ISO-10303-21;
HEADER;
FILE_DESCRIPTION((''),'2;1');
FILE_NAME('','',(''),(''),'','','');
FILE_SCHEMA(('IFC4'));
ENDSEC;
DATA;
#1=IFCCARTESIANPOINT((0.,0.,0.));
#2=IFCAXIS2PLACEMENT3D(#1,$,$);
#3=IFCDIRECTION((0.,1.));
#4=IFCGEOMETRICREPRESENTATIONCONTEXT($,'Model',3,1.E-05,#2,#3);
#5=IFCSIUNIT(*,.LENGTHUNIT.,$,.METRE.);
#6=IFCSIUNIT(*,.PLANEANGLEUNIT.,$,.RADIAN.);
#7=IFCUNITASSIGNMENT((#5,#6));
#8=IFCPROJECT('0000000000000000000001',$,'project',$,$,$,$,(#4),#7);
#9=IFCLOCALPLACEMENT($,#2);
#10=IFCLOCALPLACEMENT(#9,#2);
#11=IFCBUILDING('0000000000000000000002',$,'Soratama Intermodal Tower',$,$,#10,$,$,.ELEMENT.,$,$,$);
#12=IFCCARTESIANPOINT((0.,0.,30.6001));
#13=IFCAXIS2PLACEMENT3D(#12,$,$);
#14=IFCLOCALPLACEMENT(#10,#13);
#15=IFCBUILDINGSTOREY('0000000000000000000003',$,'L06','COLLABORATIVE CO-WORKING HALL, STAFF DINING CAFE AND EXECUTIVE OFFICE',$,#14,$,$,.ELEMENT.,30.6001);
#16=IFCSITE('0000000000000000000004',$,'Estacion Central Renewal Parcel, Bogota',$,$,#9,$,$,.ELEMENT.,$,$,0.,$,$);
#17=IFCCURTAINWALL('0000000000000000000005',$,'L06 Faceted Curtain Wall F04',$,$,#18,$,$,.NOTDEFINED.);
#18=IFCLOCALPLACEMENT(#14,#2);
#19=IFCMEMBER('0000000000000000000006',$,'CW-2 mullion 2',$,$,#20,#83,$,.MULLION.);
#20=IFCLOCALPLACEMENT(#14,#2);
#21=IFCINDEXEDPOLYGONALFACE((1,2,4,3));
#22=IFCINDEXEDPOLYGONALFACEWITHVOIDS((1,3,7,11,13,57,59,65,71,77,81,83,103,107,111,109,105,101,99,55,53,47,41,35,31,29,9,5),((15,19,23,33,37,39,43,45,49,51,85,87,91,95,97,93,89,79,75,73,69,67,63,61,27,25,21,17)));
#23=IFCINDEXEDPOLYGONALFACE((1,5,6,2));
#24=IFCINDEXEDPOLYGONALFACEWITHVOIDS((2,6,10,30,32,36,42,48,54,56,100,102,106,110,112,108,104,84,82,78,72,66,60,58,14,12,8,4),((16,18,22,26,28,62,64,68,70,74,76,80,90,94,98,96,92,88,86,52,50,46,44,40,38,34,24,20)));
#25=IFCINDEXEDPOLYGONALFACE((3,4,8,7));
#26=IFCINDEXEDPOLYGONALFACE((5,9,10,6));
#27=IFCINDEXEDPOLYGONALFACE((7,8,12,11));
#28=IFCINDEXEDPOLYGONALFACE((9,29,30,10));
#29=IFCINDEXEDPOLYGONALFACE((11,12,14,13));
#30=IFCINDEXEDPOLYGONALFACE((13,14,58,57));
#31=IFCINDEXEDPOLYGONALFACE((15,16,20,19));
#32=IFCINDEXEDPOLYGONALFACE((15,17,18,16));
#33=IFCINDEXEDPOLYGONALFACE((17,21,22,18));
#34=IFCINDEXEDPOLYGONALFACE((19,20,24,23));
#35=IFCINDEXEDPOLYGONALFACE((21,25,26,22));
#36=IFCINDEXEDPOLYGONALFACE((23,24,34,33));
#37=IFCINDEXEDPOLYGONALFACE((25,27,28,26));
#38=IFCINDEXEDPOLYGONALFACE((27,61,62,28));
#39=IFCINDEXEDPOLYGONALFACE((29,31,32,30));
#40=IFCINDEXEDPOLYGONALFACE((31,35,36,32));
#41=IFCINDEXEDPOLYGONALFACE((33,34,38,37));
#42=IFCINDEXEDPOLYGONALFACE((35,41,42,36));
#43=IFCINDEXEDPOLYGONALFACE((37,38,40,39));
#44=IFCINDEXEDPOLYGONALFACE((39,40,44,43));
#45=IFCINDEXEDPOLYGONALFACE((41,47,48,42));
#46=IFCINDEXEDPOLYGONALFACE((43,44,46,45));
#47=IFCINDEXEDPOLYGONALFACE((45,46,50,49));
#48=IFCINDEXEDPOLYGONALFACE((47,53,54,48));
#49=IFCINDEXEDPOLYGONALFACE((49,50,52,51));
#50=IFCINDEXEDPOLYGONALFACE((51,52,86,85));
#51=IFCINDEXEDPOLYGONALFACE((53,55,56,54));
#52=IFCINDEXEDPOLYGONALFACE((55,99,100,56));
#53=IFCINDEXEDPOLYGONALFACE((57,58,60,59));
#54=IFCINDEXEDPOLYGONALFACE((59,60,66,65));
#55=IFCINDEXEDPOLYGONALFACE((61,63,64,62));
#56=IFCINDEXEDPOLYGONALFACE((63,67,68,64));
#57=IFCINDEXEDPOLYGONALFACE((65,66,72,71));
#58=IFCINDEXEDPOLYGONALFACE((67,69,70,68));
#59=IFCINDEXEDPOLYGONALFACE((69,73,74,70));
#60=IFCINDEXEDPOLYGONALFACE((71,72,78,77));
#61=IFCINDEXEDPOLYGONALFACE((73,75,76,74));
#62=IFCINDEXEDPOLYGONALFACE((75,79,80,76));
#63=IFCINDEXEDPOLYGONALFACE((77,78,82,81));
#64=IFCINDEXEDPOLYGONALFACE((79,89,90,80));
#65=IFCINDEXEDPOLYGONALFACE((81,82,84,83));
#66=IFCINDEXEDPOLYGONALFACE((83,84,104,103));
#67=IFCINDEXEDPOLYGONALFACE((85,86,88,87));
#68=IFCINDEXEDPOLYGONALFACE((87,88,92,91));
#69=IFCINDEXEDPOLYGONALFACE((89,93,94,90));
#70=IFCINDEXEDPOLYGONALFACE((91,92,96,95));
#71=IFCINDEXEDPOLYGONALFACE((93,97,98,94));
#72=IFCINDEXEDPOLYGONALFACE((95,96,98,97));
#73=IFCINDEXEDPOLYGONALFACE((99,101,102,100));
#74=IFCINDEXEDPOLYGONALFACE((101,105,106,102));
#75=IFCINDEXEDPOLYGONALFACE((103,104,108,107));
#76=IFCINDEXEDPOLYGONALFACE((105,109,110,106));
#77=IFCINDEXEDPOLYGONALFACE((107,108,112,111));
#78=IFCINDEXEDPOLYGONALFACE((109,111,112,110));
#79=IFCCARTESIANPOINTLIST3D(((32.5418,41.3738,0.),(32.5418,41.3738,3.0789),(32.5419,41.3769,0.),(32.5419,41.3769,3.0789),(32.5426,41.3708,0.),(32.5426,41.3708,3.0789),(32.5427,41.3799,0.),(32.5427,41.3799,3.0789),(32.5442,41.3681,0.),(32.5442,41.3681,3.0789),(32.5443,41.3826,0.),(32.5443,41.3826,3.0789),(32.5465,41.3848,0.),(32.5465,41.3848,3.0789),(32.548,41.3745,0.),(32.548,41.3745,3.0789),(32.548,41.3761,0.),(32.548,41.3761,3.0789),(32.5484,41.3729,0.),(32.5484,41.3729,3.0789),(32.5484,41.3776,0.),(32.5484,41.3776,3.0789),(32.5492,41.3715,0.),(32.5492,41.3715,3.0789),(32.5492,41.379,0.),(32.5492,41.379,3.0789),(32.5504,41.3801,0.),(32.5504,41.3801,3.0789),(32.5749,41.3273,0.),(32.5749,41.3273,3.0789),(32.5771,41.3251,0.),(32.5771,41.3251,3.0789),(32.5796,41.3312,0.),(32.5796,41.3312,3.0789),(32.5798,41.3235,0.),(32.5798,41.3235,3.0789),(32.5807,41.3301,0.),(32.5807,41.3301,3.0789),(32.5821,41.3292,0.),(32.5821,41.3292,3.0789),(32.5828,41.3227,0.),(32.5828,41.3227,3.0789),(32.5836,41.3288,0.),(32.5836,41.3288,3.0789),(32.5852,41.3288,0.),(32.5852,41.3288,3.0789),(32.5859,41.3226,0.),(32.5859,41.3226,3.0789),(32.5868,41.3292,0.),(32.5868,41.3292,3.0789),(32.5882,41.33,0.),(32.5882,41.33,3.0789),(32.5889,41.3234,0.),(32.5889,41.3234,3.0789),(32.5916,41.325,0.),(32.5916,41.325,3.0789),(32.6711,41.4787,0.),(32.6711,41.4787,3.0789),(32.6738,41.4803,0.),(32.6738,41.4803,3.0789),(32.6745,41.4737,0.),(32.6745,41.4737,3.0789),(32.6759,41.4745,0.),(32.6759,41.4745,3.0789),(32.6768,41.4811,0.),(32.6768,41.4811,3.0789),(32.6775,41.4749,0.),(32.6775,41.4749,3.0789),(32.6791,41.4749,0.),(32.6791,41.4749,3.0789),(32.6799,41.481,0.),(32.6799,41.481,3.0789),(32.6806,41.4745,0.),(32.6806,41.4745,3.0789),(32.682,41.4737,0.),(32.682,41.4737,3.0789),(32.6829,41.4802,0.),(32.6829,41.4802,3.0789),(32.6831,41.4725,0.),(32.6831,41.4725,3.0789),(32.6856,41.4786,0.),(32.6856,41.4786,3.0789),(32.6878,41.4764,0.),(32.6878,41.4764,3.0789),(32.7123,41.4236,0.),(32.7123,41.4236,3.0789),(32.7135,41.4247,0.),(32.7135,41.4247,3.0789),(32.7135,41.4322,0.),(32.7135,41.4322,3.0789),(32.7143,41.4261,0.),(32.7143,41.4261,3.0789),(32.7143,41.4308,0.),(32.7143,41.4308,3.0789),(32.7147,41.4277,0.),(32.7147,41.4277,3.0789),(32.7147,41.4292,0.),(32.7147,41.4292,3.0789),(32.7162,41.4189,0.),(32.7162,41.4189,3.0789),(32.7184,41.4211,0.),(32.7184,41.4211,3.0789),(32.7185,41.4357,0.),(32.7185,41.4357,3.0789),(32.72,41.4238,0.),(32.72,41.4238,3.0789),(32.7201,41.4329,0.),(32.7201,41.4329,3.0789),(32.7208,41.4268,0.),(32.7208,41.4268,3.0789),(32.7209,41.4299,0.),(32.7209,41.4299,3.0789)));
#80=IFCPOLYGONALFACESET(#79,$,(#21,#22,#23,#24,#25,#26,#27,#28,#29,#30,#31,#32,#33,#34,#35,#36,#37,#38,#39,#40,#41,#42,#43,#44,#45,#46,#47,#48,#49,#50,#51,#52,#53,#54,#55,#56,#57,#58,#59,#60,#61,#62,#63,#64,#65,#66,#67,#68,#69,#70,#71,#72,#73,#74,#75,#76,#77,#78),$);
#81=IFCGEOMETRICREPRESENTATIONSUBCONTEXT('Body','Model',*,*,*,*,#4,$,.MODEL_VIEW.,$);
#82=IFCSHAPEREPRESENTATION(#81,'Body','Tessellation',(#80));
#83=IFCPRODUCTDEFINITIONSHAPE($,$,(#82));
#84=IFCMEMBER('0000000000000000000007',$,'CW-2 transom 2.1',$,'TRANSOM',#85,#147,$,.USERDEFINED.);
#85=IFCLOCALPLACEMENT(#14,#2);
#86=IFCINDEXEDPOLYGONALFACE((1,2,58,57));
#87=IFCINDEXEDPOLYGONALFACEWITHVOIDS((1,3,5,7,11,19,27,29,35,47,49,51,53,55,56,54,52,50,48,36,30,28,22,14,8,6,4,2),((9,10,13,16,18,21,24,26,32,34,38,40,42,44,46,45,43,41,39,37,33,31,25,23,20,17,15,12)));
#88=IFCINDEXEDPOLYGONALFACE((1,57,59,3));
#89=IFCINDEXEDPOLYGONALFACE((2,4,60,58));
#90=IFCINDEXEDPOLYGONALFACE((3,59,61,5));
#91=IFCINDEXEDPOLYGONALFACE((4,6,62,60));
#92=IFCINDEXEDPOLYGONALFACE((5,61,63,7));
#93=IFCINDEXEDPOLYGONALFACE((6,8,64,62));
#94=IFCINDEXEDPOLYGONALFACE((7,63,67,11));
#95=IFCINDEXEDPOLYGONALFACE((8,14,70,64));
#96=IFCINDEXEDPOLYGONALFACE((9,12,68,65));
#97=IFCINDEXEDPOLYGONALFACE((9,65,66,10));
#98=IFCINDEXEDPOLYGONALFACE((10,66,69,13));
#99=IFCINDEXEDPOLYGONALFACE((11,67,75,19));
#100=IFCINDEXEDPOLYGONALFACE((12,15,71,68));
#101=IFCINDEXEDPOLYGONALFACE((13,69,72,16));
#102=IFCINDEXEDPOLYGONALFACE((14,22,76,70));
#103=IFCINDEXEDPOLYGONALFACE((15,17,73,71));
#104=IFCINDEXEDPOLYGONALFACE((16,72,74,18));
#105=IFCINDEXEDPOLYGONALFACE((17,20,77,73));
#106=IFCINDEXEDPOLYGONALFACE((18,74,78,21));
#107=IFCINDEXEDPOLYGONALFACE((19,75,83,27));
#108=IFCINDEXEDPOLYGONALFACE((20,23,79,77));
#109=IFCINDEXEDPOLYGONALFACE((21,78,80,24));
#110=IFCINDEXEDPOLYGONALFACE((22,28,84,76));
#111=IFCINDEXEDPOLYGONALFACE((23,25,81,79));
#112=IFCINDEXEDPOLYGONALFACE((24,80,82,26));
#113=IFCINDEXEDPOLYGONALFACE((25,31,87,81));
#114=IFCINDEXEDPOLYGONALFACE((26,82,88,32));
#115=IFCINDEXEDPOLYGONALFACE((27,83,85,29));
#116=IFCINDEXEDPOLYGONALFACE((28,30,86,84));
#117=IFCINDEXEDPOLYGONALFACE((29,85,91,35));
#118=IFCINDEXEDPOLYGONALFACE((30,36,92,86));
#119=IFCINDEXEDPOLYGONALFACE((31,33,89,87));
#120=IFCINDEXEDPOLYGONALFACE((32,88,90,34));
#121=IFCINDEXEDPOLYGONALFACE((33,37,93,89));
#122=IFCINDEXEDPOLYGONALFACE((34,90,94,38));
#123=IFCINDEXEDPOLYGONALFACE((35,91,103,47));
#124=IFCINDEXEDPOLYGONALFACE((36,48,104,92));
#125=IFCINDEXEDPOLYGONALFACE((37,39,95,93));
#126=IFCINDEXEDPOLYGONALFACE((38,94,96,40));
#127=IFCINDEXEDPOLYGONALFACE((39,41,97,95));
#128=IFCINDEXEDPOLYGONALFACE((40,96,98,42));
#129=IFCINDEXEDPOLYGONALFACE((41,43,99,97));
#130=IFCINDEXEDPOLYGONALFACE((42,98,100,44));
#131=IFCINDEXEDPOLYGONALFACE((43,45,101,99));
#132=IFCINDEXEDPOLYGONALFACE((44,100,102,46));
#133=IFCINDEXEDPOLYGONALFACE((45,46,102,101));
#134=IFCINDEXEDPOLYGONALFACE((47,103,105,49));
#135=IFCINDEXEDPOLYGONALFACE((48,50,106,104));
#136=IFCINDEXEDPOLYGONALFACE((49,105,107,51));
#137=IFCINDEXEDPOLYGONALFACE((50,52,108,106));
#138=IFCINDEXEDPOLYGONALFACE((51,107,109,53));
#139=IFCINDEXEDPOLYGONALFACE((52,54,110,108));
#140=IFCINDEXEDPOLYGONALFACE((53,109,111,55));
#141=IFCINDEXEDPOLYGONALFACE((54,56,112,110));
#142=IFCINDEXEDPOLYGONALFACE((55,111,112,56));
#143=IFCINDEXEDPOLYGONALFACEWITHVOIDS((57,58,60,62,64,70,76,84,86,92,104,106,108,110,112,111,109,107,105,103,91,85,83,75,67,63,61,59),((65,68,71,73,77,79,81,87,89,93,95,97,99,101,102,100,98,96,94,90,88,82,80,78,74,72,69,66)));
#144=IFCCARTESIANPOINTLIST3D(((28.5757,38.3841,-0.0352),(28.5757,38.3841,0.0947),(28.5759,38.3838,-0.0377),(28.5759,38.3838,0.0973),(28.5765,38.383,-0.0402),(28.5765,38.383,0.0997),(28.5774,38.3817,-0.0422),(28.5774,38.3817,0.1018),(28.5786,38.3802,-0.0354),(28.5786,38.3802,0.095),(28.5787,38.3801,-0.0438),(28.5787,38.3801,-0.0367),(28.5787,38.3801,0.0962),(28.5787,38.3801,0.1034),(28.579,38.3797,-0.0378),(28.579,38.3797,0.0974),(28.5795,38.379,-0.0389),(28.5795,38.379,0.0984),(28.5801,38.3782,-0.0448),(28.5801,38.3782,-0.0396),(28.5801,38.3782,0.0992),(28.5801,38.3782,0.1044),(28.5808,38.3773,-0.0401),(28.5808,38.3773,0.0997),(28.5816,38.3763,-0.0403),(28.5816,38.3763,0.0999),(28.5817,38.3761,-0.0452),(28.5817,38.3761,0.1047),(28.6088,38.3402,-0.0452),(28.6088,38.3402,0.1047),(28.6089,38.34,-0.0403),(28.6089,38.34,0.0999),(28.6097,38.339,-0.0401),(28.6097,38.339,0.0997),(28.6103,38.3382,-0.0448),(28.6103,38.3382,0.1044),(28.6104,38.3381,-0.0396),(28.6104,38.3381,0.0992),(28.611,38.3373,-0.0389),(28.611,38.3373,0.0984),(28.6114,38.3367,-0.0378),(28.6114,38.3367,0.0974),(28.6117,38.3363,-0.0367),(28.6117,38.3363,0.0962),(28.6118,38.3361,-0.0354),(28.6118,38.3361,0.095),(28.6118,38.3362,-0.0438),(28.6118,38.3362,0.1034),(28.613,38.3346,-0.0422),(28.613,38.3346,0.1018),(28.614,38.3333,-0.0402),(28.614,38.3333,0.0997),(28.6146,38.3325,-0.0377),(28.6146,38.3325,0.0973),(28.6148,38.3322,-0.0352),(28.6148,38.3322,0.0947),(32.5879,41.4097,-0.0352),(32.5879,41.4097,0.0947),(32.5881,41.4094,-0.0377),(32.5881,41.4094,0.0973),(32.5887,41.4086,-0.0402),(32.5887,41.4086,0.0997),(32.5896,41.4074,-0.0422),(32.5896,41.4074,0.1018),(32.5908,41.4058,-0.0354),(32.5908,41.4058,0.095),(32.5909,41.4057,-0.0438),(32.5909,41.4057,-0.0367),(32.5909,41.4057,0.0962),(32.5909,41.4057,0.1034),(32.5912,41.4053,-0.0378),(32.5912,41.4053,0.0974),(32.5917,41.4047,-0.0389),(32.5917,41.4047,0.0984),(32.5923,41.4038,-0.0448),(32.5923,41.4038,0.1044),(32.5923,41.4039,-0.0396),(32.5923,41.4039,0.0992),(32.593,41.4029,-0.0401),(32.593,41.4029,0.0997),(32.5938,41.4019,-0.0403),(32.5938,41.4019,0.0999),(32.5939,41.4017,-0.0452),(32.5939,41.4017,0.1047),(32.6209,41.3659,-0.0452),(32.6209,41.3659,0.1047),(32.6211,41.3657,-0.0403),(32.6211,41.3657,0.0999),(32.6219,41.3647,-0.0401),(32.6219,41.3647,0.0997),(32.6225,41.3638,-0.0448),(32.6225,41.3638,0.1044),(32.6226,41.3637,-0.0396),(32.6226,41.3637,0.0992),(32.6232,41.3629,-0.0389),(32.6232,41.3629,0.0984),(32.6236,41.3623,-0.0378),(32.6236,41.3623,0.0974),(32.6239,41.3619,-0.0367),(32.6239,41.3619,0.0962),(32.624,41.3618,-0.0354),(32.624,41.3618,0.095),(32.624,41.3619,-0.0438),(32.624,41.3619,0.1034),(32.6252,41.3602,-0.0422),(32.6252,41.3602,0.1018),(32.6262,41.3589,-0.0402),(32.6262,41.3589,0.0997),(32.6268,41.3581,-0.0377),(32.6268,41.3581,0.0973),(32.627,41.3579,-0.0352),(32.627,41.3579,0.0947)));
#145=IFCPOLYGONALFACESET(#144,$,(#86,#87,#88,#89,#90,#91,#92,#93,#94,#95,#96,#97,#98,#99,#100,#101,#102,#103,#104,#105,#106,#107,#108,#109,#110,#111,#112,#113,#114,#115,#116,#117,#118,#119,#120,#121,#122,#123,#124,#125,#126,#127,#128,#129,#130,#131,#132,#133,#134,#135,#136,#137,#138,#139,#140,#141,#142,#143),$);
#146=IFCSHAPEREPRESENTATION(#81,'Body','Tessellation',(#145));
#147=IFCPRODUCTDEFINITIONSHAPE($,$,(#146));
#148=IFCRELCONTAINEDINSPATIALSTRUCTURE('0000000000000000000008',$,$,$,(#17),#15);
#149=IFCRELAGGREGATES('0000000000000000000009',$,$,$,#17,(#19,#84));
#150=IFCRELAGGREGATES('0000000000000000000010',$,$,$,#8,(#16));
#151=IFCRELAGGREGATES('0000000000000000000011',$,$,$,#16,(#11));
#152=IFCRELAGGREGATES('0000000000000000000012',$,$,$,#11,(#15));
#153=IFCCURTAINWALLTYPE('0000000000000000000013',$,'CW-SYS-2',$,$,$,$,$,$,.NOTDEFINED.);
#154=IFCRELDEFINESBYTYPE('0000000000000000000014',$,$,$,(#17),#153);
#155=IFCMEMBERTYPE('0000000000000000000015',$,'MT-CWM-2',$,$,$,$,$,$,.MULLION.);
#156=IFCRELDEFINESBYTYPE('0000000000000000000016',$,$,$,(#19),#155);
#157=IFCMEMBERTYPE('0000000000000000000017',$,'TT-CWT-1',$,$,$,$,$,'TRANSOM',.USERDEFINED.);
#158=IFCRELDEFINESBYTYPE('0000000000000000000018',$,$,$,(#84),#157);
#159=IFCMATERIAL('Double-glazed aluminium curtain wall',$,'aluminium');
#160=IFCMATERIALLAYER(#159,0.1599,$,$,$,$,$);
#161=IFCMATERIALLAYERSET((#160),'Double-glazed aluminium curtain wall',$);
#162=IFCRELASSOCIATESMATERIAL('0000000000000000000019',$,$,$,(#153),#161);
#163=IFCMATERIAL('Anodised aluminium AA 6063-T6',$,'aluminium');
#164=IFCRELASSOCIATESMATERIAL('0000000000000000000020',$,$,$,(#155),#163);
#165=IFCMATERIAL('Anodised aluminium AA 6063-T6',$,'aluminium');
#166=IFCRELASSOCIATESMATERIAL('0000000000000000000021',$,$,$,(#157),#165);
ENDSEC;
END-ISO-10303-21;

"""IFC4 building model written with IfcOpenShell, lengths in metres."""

from ifc_helpers import new_model, si_unit, direction, frame, origin, origin_2d, place, context, subcontext, project, spatial, hollow_rectangle, extrude, material, layer, layer_set, material_profile, profile_set, type_object, element, aggregate, save


model = new_model("IFC4")

# Units and contexts
model_context = context("Model", 3, precision=1e-05, world=origin(), true_north=direction((0.0, 1.0)))
body_context = subcontext(model_context, "Body", "Model", "MODEL_VIEW")
ifc_project = project(units=[si_unit("LENGTHUNIT", "METRE"), si_unit("PLANEANGLEUNIT", "RADIAN")], contexts=[model_context])

# Site, building, storey
site_placement = place(None, origin())
site = spatial("IfcSite", under=ifc_project, at=site_placement, Name="Estacion Central Renewal Parcel, Bogota", CompositionType="ELEMENT", RefElevation=0.0)
building_placement = place(site_placement, origin())
building = spatial("IfcBuilding", under=site, at=building_placement, Name="Soratama Intermodal Tower", CompositionType="ELEMENT")
storey_placement = place(building_placement, frame((0.0, 0.0, 30.6001)))
storey = spatial("IfcBuildingStorey", under=building, at=storey_placement, Name="L06", Description="COLLABORATIVE CO-WORKING HALL, STAFF DINING CAFE AND EXECUTIVE OFFICE", CompositionType="ELEMENT", Elevation=30.6001)

# Curtain wall, members
ifc_material_1 = material(Name="Double-glazed aluminium curtain wall", Category="aluminium")
ifc_layer_1 = layer(ifc_material_1, 0.1599)
ifc_layer_set_1 = layer_set([ifc_layer_1], Name="Double-glazed aluminium curtain wall")
curtain_wall_type = type_object("IfcCurtainWallType", Name="CW-SYS-2", PredefinedType="NOTDEFINED", material=ifc_layer_set_1)
curtain_wall_placement = place(storey_placement, origin())
curtain_wall = element("IfcCurtainWall", 1, at=curtain_wall_placement, inside=storey, type_object=curtain_wall_type, Name="L06 Faceted Curtain Wall F04", PredefinedType="NOTDEFINED")
ifc_material_2 = material(Name="Anodised aluminium AA 6063-T6", Category="aluminium")
ifc_material_profile_1 = material_profile(ifc_material_2, hollow_rectangle(XDim=0.075, YDim=0.1799, WallThickness=0.0061, InnerFilletRadius=0.0061, OuterFilletRadius=0.012, at=origin_2d()), Name="CWM180X75X6")
ifc_profile_set_1 = profile_set([ifc_material_profile_1], Name="Anodised aluminium AA 6063-T6")
member_type_1 = type_object("IfcMemberType", Name="MT-CWM-2", PredefinedType="MULLION", material=ifc_profile_set_1)
member_1_placement = place(storey_placement, frame((32.6313, 41.4019, 0.0), z_axis=(0.0, 0.0, 1.0), x_axis=(0.602091, -0.798428, 0.0)))
member_1 = element("IfcMember", 2, at=member_1_placement, type_object=member_type_1, Name="CW-2 mullion 2", PredefinedType="MULLION", context=body_context, shape_type="SweptSolid", body=[
    extrude(hollow_rectangle(XDim=0.075, YDim=0.1799, WallThickness=0.0061, InnerFilletRadius=0.0061, OuterFilletRadius=0.012, at=origin_2d()), origin(), (0.0, 0.0, 1.0), 3.0789),
])
ifc_material_3 = material(Name="Anodised aluminium AA 6063-T6", Category="aluminium")
ifc_material_profile_2 = material_profile(ifc_material_3, hollow_rectangle(XDim=0.0649, YDim=0.1499, WallThickness=0.0049, InnerFilletRadius=0.0049, OuterFilletRadius=0.01, at=origin_2d()), Name="CWT150X65X5")
ifc_profile_set_2 = profile_set([ifc_material_profile_2], Name="Anodised aluminium AA 6063-T6")
member_type_2 = type_object("IfcMemberType", Name="TT-CWT-1", ElementType="TRANSOM", PredefinedType="USERDEFINED", material=ifc_profile_set_2)
member_2_placement = place(storey_placement, frame((32.6074, 41.3838, 0.0298), z_axis=(-0.798423, -0.602097, 0.0), x_axis=(0.602097, -0.798423, 0.0)))
member_2 = element("IfcMember", 3, at=member_2_placement, type_object=member_type_2, Name="CW-2 transom 2.1", ObjectType="TRANSOM", PredefinedType="USERDEFINED", context=body_context, shape_type="SweptSolid", body=[
    extrude(hollow_rectangle(XDim=0.0649, YDim=0.1499, WallThickness=0.0049, InnerFilletRadius=0.0049, OuterFilletRadius=0.01, at=origin_2d()), origin(), (0.0, 0.0, 1.0), 5.0251),
])
aggregate(curtain_wall, [member_1, member_2])

save(model, "model.ifc")
